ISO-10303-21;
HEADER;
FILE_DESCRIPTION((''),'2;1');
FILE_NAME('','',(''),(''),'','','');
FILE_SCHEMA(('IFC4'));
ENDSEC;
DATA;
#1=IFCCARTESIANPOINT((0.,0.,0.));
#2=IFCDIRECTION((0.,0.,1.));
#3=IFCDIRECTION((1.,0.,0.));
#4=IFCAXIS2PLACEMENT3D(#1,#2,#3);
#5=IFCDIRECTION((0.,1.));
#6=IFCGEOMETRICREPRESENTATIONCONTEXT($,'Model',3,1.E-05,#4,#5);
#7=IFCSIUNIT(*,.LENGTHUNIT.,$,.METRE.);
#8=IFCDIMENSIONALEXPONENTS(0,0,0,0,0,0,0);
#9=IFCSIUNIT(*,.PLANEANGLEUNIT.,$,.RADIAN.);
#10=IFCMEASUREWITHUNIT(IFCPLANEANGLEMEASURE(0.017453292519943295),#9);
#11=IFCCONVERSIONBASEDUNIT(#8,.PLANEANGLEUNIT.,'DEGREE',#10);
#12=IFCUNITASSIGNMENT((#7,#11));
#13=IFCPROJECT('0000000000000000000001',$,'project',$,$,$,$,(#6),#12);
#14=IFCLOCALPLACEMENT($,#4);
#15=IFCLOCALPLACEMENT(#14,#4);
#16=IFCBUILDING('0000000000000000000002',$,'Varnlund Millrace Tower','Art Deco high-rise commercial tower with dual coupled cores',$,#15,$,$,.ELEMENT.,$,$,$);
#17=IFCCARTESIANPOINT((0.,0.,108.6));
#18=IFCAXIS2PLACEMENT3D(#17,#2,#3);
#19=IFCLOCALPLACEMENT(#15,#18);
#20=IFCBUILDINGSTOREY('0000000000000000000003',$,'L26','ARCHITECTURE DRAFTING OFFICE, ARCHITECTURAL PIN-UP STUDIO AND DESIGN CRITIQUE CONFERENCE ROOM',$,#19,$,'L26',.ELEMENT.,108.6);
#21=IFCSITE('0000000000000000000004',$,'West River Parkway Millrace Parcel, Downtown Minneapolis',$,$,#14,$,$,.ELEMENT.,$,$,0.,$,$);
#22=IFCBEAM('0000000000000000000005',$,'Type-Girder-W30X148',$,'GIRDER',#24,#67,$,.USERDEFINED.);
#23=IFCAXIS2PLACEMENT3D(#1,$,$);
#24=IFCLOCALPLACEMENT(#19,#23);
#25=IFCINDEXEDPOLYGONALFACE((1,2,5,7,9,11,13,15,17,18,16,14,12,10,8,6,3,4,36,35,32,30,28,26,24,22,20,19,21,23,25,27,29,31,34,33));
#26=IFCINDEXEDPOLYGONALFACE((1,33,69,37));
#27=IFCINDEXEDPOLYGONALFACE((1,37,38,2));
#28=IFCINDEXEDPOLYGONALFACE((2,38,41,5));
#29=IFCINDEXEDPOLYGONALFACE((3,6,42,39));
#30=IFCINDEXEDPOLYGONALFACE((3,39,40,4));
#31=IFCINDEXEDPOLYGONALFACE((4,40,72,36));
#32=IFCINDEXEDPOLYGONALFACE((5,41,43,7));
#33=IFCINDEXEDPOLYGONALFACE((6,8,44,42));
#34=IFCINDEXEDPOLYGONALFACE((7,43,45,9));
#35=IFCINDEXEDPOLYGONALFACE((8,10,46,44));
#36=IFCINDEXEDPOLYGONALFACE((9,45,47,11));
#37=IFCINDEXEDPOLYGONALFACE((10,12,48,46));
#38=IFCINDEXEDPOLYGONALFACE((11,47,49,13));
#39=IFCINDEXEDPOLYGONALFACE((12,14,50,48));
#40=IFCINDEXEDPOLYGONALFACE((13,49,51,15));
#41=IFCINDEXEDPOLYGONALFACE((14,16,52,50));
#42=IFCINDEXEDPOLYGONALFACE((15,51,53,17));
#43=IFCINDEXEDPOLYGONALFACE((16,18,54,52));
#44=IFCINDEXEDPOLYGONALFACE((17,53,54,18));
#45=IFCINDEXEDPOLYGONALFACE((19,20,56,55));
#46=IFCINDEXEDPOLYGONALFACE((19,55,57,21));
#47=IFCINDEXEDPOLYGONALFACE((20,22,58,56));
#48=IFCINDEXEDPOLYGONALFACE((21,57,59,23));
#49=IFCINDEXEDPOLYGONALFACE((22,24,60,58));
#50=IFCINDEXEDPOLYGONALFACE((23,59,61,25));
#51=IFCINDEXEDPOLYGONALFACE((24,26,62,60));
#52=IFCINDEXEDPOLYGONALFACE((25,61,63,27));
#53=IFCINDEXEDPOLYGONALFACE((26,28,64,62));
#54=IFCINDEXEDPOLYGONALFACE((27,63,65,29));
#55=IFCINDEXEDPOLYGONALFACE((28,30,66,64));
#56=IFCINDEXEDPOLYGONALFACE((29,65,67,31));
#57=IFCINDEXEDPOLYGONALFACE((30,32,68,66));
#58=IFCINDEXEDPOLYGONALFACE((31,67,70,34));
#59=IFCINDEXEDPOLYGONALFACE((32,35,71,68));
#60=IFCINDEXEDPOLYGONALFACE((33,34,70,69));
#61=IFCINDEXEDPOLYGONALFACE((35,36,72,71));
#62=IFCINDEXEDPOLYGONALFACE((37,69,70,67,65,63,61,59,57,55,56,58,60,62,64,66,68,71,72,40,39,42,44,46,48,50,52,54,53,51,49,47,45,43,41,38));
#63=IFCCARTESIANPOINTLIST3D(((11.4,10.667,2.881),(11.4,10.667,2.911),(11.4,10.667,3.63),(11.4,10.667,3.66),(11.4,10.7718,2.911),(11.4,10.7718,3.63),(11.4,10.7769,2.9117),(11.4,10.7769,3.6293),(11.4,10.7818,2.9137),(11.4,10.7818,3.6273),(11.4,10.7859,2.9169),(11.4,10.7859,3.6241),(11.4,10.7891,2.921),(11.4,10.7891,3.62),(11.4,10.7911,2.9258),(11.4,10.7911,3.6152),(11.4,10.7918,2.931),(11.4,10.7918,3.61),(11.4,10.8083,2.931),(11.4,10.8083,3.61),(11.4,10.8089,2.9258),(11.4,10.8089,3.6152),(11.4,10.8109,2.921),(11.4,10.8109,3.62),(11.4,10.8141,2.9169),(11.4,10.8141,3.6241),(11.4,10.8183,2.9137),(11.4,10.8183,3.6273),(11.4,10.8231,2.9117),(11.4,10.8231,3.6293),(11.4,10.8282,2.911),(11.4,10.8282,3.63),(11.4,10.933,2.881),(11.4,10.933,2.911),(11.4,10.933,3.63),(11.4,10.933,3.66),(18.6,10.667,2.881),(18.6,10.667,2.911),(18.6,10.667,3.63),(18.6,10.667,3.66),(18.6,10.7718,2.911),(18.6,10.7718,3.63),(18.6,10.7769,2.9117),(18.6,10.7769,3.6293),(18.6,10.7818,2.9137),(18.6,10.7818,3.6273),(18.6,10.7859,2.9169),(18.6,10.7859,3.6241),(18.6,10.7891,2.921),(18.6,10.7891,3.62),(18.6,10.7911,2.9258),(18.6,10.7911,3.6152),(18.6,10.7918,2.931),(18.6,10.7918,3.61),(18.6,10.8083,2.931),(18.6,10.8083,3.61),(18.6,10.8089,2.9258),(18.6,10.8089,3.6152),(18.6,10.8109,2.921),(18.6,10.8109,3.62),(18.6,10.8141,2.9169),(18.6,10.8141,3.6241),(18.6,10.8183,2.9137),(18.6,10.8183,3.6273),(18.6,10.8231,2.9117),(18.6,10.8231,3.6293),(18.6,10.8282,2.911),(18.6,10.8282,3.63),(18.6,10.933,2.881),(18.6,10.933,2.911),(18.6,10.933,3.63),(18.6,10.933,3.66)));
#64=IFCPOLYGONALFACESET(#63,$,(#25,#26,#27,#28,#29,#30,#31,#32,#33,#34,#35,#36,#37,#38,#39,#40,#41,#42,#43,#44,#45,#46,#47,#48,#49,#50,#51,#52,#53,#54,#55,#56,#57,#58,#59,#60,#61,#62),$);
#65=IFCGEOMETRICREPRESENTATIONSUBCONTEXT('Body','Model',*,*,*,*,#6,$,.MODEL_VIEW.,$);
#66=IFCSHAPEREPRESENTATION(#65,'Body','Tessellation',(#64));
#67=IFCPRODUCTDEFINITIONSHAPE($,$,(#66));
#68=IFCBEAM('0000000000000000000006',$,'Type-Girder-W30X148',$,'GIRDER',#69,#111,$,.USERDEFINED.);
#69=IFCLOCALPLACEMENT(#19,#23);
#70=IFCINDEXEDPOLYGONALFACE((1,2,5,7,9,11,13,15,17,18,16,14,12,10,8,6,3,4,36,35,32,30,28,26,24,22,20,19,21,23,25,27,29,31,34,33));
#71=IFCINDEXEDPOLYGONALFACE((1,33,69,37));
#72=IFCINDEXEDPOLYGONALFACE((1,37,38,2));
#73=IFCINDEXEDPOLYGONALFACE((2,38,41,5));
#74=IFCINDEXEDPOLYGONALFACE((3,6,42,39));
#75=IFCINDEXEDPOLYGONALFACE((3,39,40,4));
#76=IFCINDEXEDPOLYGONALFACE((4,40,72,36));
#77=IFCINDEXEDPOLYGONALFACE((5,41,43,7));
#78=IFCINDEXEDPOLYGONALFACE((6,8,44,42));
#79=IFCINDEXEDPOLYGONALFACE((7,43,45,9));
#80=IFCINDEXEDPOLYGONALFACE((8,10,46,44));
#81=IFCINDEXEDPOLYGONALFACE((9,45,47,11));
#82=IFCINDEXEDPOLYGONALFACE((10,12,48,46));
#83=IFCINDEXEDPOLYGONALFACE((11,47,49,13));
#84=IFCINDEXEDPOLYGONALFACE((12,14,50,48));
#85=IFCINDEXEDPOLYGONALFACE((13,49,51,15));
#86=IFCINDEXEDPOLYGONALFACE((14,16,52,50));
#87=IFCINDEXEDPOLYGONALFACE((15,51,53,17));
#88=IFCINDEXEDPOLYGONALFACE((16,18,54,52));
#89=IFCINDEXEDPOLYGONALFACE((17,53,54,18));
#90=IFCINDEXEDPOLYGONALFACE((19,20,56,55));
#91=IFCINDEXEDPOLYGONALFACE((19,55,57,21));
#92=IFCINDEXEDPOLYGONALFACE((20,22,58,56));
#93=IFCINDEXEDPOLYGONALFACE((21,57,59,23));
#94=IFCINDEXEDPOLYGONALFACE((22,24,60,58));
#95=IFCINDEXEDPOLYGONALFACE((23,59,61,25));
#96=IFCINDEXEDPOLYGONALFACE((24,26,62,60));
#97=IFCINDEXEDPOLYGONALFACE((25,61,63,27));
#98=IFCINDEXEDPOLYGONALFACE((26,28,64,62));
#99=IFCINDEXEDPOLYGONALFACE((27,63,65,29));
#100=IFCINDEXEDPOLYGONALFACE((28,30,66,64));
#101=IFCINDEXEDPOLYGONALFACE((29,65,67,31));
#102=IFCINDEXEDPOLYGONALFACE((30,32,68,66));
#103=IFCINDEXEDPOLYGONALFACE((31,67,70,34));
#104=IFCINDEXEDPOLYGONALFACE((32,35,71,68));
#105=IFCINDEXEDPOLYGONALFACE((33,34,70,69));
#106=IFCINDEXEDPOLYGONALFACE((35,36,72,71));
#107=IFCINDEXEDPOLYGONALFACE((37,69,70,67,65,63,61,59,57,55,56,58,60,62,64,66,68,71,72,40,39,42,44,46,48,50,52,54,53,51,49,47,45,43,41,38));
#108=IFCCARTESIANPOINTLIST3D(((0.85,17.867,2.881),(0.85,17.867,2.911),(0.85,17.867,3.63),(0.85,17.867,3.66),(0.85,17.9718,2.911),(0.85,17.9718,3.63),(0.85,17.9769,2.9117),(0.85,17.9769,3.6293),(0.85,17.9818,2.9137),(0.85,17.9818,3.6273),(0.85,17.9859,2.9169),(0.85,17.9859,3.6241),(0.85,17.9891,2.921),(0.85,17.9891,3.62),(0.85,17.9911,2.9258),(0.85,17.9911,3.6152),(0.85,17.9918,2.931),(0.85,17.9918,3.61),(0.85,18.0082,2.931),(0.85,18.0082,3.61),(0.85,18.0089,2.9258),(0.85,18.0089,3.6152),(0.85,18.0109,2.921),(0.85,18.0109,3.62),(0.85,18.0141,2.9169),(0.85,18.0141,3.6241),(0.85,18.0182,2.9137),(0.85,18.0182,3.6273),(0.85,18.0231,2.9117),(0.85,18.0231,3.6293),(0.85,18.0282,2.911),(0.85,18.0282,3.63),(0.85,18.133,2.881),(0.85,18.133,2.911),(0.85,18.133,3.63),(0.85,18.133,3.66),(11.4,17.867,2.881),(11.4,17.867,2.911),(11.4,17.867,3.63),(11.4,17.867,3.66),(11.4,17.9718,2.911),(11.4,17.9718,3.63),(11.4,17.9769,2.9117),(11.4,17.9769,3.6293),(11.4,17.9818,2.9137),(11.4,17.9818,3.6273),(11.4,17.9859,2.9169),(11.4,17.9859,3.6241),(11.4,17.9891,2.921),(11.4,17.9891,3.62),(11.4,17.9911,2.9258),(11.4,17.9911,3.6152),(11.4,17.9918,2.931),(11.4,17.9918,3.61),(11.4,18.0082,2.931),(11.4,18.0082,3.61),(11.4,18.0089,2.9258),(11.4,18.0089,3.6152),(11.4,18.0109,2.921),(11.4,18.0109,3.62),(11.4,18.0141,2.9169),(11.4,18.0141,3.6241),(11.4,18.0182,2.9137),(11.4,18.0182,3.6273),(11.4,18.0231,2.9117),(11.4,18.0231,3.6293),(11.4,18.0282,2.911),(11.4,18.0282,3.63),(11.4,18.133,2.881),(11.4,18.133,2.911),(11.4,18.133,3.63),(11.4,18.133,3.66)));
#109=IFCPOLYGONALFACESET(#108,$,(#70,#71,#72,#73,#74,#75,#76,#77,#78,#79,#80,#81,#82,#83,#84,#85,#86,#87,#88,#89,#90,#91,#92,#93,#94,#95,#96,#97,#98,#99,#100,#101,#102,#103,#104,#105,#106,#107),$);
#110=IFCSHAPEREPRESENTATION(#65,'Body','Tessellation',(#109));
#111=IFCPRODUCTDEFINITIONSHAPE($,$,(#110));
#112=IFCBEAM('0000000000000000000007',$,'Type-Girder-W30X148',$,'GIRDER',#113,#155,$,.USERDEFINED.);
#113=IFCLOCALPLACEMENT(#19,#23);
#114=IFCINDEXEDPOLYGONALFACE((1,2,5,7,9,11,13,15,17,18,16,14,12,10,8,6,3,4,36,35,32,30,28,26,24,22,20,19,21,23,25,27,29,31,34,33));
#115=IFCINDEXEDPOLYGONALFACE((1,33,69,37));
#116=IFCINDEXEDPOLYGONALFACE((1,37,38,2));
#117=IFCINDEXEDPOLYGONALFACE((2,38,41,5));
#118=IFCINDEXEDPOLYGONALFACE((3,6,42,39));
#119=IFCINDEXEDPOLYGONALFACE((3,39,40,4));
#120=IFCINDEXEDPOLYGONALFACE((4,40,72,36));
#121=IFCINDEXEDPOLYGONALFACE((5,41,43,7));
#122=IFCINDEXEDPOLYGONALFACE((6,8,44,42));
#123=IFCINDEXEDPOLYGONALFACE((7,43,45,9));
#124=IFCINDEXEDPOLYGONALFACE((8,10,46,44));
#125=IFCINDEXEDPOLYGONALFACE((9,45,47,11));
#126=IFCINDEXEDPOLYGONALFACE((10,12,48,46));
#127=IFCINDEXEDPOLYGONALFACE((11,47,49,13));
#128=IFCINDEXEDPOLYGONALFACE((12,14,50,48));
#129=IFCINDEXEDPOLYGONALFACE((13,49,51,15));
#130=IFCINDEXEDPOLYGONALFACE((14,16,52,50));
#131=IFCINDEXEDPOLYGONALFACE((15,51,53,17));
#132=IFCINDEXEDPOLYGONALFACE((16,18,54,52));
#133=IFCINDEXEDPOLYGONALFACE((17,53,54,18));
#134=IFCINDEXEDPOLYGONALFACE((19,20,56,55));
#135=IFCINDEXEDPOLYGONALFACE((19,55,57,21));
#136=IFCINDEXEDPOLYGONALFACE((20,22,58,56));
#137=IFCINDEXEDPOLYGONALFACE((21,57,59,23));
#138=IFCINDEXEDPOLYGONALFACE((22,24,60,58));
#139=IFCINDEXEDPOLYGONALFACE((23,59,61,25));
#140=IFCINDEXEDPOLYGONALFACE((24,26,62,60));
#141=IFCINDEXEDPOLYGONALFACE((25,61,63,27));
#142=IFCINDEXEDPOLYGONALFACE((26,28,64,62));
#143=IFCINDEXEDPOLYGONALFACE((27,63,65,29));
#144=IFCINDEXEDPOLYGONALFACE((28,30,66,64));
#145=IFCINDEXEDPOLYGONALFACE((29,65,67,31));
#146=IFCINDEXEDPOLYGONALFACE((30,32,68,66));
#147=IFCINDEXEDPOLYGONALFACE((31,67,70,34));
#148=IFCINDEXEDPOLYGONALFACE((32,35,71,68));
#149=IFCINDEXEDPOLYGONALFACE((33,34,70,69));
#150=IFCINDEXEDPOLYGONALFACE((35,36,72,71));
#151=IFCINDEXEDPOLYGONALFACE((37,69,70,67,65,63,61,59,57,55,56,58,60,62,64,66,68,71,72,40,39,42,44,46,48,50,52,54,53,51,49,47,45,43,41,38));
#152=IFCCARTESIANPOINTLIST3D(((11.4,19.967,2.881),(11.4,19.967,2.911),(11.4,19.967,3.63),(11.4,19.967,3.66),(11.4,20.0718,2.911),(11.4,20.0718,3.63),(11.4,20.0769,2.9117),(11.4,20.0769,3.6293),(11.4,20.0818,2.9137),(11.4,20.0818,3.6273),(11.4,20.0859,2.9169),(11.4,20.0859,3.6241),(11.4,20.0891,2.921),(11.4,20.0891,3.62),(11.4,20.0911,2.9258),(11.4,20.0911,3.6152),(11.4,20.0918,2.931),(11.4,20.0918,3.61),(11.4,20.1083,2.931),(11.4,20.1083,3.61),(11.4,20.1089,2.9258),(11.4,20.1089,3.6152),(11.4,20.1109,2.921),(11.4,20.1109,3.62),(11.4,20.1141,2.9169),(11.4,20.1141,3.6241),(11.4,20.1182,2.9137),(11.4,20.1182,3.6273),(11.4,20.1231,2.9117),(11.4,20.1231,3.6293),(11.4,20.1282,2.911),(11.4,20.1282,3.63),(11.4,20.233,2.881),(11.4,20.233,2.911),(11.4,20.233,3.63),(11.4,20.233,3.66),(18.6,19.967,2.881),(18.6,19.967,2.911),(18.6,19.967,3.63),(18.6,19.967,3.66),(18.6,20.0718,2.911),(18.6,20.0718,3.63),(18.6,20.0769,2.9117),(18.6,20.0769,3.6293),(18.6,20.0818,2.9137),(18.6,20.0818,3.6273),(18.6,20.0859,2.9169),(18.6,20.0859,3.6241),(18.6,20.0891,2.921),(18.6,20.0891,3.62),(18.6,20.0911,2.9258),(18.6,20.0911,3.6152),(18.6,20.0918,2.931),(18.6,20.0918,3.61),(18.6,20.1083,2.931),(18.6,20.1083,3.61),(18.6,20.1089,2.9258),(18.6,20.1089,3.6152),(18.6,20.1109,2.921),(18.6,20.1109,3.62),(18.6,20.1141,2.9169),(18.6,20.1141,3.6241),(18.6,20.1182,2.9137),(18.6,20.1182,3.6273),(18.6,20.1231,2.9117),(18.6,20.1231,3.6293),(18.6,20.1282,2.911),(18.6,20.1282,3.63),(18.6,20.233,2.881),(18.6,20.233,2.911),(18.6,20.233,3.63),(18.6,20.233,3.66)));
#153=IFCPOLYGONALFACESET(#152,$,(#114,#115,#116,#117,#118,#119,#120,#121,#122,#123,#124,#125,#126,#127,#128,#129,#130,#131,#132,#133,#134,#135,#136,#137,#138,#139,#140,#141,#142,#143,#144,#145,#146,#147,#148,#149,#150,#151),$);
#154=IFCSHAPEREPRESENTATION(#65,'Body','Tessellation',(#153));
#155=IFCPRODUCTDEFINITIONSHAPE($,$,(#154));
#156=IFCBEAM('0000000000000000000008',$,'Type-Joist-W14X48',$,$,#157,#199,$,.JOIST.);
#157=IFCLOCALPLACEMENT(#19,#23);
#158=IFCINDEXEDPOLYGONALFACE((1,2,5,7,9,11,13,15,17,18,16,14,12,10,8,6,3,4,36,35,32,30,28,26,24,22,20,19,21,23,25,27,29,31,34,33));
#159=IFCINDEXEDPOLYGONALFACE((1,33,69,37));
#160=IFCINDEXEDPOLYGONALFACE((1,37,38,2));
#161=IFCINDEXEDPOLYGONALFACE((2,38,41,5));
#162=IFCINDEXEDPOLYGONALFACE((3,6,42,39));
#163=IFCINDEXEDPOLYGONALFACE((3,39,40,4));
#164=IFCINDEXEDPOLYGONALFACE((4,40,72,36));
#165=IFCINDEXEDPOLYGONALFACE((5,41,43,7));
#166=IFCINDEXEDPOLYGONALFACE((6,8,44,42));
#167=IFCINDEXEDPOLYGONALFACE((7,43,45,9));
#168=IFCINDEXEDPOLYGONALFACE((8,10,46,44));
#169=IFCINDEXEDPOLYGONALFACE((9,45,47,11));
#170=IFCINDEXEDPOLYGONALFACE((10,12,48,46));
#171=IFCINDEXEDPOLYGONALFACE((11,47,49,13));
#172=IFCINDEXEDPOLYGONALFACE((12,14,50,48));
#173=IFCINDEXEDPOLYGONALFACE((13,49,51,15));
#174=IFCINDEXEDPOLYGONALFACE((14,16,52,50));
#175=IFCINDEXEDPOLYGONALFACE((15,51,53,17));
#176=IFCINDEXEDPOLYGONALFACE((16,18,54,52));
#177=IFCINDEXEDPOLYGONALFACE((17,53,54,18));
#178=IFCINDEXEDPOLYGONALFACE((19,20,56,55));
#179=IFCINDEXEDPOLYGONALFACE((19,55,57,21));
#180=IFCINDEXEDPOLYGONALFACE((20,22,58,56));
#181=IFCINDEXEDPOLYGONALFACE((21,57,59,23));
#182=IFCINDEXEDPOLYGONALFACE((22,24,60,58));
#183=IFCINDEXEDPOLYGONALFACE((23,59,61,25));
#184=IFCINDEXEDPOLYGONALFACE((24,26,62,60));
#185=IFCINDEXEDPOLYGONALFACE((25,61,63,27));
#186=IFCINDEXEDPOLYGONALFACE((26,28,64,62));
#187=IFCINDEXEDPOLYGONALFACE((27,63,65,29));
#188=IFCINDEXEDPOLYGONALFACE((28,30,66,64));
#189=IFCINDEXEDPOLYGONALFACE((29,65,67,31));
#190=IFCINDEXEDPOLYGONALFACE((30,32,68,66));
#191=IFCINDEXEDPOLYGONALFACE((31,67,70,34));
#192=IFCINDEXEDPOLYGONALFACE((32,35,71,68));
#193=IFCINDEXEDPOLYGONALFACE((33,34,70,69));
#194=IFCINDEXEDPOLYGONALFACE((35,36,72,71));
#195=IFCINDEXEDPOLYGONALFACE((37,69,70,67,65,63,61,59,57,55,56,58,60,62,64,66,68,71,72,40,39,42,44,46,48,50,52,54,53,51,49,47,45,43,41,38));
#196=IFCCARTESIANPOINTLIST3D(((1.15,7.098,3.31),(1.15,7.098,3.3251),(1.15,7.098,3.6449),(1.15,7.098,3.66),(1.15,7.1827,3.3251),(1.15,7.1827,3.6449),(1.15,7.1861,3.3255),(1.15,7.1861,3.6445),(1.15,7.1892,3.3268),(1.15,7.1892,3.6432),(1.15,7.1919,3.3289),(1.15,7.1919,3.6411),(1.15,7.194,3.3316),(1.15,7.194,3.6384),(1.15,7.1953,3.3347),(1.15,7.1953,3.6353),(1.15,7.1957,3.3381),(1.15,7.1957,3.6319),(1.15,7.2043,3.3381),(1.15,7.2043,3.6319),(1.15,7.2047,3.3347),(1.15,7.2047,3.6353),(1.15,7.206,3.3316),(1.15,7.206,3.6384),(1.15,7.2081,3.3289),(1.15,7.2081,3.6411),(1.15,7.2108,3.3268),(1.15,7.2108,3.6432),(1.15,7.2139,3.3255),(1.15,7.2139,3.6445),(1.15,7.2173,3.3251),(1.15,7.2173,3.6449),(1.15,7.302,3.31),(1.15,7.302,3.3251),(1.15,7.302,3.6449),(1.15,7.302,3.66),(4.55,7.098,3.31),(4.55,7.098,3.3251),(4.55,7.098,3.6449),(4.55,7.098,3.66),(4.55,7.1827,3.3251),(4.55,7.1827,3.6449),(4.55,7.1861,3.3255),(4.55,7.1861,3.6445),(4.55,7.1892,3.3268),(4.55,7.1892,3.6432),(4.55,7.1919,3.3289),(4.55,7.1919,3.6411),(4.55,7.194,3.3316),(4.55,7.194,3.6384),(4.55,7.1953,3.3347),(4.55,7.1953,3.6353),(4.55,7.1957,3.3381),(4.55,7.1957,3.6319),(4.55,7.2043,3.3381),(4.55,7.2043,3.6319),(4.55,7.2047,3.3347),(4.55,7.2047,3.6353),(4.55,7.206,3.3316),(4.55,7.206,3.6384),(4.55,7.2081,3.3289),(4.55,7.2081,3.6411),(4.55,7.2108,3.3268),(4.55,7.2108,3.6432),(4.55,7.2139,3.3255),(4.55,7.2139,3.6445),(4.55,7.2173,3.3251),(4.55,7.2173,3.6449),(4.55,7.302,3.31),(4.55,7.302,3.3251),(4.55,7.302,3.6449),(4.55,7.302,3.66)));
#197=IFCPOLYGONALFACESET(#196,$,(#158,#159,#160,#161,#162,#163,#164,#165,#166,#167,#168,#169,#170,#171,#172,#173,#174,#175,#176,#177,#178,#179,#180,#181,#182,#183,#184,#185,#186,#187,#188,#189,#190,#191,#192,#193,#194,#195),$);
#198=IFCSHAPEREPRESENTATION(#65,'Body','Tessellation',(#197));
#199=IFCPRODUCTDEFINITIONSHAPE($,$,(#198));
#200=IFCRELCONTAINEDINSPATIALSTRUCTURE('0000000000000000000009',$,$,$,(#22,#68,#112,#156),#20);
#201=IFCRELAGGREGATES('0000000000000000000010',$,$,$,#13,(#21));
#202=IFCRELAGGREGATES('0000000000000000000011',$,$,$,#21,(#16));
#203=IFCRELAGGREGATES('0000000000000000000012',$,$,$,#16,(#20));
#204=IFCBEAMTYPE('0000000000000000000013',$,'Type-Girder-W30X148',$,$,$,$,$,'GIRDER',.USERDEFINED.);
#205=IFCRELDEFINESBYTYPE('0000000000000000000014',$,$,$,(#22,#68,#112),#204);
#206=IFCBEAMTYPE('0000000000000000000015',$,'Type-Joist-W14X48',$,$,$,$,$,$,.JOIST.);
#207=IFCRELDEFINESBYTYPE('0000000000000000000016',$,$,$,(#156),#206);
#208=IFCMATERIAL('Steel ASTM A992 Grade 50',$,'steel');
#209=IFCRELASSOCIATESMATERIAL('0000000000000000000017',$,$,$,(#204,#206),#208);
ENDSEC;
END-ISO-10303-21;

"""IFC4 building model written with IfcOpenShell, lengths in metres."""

from ifc_helpers import new_model, entity, si_unit, converted_unit, direction, frame, origin_with_axes, origin_2d_with_axis, place, context, subcontext, project, spatial, i_section, extrude, material, material_profile, profile_set, type_object, element, save


model = new_model("IFC4")

# Units and contexts
model_context = context("Model", 3, precision=1e-05, world=origin_with_axes(), true_north=direction((0.0, 1.0)))
body_context = subcontext(model_context, "Body", "Model", "MODEL_VIEW")
ifc_project = project(units=[si_unit("LENGTHUNIT", "METRE"), converted_unit("PLANEANGLEUNIT", "DEGREE", entity("IfcPlaneAngleMeasure", 0.017453292519943295), si_unit("PLANEANGLEUNIT", "RADIAN"), dimensions=[0, 0, 0, 0, 0, 0, 0])], contexts=[model_context])

# Site, building, storey
site_placement = place(None, origin_with_axes())
site = spatial("IfcSite", under=ifc_project, at=site_placement, Name="West River Parkway Millrace Parcel, Downtown Minneapolis", CompositionType="ELEMENT", RefElevation=0.0)
building_placement = place(site_placement, origin_with_axes())
building = spatial("IfcBuilding", under=site, at=building_placement, Name="Varnlund Millrace Tower", Description="Art Deco high-rise commercial tower with dual coupled cores", CompositionType="ELEMENT")
storey_placement = place(building_placement, frame((0.0, 0.0, 108.6), z_axis=(0.0, 0.0, 1.0), x_axis=(1.0, 0.0, 0.0)))
storey = spatial("IfcBuildingStorey", under=building, at=storey_placement, Name="L26", Description="ARCHITECTURE DRAFTING OFFICE, ARCHITECTURAL PIN-UP STUDIO AND DESIGN CRITIQUE CONFERENCE ROOM", LongName="L26", CompositionType="ELEMENT", Elevation=108.6)

# Beams
ifc_material_1 = material(Name="Steel ASTM A992 Grade 50", Category="steel")
ifc_material_profile_1 = material_profile(ifc_material_1, i_section(OverallWidth=0.266, OverallDepth=0.779, WebThickness=0.0165, FlangeThickness=0.03, FilletRadius=0.02, at=origin_2d_with_axis()), Name="Steel ASTM A992 Grade 50")
ifc_profile_set_1 = profile_set([ifc_material_profile_1], Name="Steel ASTM A992 Grade 50")
beam_type_1 = type_object("IfcBeamType", Name="Type-Girder-W30X148", ElementType="GIRDER", PredefinedType="USERDEFINED", material=ifc_profile_set_1)
beam_1_placement = place(storey_placement, frame((11.4, 10.8, 3.2705), z_axis=(1.0, 0.0, 0.0), x_axis=(0.0, 1.0, 0.0)))
element("IfcBeam", 1, at=beam_1_placement, inside=storey, type_object=beam_type_1, Name="Type-Girder-W30X148", ObjectType="GIRDER", PredefinedType="USERDEFINED", context=body_context, shape_type="SweptSolid", body=[
    extrude(i_section(OverallWidth=0.266, OverallDepth=0.779, WebThickness=0.0165, FlangeThickness=0.03, FilletRadius=0.02, at=origin_2d_with_axis()), origin_with_axes(), (0.0, 0.0, 1.0), 7.2),
])
beam_2_placement = place(storey_placement, frame((0.85, 18.0, 3.2705), z_axis=(1.0, 0.0, 0.0), x_axis=(0.0, 1.0, 0.0)))
element("IfcBeam", 2, at=beam_2_placement, inside=storey, type_object=beam_type_1, Name="Type-Girder-W30X148", ObjectType="GIRDER", PredefinedType="USERDEFINED", context=body_context, shape_type="SweptSolid", body=[
    extrude(i_section(OverallWidth=0.266, OverallDepth=0.779, WebThickness=0.0165, FlangeThickness=0.03, FilletRadius=0.02, at=origin_2d_with_axis()), origin_with_axes(), (0.0, 0.0, 1.0), 10.55),
])
beam_3_placement = place(storey_placement, frame((11.4, 20.1, 3.2705), z_axis=(1.0, 0.0, 0.0), x_axis=(0.0, 1.0, 0.0)))
element("IfcBeam", 3, at=beam_3_placement, inside=storey, type_object=beam_type_1, Name="Type-Girder-W30X148", ObjectType="GIRDER", PredefinedType="USERDEFINED", context=body_context, shape_type="SweptSolid", body=[
    extrude(i_section(OverallWidth=0.266, OverallDepth=0.779, WebThickness=0.0165, FlangeThickness=0.03, FilletRadius=0.02, at=origin_2d_with_axis()), origin_with_axes(), (0.0, 0.0, 1.0), 7.2),
])
ifc_material_profile_2 = material_profile(ifc_material_1, i_section(OverallWidth=0.204, OverallDepth=0.35, WebThickness=0.0086, FlangeThickness=0.0151, FilletRadius=0.013, at=origin_2d_with_axis()), Name="Steel ASTM A992 Grade 50")
ifc_profile_set_2 = profile_set([ifc_material_profile_2], Name="Steel ASTM A992 Grade 50")
beam_type_2 = type_object("IfcBeamType", Name="Type-Joist-W14X48", PredefinedType="JOIST", material=ifc_profile_set_2)
for number, where, z_axis, x_axis, name in (
    (4, (1.15, 7.2, 3.485), (1.0, 0.0, 0.0), (0.0, 1.0, 0.0), "Type-Joist-W14X48"),
):
    element("IfcBeam", number, at=place(storey_placement, frame(where, z_axis=z_axis, x_axis=x_axis)), inside=storey, type_object=beam_type_2, Name=name, PredefinedType="JOIST", context=body_context, shape_type="SweptSolid", body=[
        extrude(i_section(OverallWidth=0.204, OverallDepth=0.35, WebThickness=0.0086, FlangeThickness=0.0151, FilletRadius=0.013, at=origin_2d_with_axis()), origin_with_axes(), (0.0, 0.0, 1.0), 3.4),
    ])

save(model, "model.ifc")
